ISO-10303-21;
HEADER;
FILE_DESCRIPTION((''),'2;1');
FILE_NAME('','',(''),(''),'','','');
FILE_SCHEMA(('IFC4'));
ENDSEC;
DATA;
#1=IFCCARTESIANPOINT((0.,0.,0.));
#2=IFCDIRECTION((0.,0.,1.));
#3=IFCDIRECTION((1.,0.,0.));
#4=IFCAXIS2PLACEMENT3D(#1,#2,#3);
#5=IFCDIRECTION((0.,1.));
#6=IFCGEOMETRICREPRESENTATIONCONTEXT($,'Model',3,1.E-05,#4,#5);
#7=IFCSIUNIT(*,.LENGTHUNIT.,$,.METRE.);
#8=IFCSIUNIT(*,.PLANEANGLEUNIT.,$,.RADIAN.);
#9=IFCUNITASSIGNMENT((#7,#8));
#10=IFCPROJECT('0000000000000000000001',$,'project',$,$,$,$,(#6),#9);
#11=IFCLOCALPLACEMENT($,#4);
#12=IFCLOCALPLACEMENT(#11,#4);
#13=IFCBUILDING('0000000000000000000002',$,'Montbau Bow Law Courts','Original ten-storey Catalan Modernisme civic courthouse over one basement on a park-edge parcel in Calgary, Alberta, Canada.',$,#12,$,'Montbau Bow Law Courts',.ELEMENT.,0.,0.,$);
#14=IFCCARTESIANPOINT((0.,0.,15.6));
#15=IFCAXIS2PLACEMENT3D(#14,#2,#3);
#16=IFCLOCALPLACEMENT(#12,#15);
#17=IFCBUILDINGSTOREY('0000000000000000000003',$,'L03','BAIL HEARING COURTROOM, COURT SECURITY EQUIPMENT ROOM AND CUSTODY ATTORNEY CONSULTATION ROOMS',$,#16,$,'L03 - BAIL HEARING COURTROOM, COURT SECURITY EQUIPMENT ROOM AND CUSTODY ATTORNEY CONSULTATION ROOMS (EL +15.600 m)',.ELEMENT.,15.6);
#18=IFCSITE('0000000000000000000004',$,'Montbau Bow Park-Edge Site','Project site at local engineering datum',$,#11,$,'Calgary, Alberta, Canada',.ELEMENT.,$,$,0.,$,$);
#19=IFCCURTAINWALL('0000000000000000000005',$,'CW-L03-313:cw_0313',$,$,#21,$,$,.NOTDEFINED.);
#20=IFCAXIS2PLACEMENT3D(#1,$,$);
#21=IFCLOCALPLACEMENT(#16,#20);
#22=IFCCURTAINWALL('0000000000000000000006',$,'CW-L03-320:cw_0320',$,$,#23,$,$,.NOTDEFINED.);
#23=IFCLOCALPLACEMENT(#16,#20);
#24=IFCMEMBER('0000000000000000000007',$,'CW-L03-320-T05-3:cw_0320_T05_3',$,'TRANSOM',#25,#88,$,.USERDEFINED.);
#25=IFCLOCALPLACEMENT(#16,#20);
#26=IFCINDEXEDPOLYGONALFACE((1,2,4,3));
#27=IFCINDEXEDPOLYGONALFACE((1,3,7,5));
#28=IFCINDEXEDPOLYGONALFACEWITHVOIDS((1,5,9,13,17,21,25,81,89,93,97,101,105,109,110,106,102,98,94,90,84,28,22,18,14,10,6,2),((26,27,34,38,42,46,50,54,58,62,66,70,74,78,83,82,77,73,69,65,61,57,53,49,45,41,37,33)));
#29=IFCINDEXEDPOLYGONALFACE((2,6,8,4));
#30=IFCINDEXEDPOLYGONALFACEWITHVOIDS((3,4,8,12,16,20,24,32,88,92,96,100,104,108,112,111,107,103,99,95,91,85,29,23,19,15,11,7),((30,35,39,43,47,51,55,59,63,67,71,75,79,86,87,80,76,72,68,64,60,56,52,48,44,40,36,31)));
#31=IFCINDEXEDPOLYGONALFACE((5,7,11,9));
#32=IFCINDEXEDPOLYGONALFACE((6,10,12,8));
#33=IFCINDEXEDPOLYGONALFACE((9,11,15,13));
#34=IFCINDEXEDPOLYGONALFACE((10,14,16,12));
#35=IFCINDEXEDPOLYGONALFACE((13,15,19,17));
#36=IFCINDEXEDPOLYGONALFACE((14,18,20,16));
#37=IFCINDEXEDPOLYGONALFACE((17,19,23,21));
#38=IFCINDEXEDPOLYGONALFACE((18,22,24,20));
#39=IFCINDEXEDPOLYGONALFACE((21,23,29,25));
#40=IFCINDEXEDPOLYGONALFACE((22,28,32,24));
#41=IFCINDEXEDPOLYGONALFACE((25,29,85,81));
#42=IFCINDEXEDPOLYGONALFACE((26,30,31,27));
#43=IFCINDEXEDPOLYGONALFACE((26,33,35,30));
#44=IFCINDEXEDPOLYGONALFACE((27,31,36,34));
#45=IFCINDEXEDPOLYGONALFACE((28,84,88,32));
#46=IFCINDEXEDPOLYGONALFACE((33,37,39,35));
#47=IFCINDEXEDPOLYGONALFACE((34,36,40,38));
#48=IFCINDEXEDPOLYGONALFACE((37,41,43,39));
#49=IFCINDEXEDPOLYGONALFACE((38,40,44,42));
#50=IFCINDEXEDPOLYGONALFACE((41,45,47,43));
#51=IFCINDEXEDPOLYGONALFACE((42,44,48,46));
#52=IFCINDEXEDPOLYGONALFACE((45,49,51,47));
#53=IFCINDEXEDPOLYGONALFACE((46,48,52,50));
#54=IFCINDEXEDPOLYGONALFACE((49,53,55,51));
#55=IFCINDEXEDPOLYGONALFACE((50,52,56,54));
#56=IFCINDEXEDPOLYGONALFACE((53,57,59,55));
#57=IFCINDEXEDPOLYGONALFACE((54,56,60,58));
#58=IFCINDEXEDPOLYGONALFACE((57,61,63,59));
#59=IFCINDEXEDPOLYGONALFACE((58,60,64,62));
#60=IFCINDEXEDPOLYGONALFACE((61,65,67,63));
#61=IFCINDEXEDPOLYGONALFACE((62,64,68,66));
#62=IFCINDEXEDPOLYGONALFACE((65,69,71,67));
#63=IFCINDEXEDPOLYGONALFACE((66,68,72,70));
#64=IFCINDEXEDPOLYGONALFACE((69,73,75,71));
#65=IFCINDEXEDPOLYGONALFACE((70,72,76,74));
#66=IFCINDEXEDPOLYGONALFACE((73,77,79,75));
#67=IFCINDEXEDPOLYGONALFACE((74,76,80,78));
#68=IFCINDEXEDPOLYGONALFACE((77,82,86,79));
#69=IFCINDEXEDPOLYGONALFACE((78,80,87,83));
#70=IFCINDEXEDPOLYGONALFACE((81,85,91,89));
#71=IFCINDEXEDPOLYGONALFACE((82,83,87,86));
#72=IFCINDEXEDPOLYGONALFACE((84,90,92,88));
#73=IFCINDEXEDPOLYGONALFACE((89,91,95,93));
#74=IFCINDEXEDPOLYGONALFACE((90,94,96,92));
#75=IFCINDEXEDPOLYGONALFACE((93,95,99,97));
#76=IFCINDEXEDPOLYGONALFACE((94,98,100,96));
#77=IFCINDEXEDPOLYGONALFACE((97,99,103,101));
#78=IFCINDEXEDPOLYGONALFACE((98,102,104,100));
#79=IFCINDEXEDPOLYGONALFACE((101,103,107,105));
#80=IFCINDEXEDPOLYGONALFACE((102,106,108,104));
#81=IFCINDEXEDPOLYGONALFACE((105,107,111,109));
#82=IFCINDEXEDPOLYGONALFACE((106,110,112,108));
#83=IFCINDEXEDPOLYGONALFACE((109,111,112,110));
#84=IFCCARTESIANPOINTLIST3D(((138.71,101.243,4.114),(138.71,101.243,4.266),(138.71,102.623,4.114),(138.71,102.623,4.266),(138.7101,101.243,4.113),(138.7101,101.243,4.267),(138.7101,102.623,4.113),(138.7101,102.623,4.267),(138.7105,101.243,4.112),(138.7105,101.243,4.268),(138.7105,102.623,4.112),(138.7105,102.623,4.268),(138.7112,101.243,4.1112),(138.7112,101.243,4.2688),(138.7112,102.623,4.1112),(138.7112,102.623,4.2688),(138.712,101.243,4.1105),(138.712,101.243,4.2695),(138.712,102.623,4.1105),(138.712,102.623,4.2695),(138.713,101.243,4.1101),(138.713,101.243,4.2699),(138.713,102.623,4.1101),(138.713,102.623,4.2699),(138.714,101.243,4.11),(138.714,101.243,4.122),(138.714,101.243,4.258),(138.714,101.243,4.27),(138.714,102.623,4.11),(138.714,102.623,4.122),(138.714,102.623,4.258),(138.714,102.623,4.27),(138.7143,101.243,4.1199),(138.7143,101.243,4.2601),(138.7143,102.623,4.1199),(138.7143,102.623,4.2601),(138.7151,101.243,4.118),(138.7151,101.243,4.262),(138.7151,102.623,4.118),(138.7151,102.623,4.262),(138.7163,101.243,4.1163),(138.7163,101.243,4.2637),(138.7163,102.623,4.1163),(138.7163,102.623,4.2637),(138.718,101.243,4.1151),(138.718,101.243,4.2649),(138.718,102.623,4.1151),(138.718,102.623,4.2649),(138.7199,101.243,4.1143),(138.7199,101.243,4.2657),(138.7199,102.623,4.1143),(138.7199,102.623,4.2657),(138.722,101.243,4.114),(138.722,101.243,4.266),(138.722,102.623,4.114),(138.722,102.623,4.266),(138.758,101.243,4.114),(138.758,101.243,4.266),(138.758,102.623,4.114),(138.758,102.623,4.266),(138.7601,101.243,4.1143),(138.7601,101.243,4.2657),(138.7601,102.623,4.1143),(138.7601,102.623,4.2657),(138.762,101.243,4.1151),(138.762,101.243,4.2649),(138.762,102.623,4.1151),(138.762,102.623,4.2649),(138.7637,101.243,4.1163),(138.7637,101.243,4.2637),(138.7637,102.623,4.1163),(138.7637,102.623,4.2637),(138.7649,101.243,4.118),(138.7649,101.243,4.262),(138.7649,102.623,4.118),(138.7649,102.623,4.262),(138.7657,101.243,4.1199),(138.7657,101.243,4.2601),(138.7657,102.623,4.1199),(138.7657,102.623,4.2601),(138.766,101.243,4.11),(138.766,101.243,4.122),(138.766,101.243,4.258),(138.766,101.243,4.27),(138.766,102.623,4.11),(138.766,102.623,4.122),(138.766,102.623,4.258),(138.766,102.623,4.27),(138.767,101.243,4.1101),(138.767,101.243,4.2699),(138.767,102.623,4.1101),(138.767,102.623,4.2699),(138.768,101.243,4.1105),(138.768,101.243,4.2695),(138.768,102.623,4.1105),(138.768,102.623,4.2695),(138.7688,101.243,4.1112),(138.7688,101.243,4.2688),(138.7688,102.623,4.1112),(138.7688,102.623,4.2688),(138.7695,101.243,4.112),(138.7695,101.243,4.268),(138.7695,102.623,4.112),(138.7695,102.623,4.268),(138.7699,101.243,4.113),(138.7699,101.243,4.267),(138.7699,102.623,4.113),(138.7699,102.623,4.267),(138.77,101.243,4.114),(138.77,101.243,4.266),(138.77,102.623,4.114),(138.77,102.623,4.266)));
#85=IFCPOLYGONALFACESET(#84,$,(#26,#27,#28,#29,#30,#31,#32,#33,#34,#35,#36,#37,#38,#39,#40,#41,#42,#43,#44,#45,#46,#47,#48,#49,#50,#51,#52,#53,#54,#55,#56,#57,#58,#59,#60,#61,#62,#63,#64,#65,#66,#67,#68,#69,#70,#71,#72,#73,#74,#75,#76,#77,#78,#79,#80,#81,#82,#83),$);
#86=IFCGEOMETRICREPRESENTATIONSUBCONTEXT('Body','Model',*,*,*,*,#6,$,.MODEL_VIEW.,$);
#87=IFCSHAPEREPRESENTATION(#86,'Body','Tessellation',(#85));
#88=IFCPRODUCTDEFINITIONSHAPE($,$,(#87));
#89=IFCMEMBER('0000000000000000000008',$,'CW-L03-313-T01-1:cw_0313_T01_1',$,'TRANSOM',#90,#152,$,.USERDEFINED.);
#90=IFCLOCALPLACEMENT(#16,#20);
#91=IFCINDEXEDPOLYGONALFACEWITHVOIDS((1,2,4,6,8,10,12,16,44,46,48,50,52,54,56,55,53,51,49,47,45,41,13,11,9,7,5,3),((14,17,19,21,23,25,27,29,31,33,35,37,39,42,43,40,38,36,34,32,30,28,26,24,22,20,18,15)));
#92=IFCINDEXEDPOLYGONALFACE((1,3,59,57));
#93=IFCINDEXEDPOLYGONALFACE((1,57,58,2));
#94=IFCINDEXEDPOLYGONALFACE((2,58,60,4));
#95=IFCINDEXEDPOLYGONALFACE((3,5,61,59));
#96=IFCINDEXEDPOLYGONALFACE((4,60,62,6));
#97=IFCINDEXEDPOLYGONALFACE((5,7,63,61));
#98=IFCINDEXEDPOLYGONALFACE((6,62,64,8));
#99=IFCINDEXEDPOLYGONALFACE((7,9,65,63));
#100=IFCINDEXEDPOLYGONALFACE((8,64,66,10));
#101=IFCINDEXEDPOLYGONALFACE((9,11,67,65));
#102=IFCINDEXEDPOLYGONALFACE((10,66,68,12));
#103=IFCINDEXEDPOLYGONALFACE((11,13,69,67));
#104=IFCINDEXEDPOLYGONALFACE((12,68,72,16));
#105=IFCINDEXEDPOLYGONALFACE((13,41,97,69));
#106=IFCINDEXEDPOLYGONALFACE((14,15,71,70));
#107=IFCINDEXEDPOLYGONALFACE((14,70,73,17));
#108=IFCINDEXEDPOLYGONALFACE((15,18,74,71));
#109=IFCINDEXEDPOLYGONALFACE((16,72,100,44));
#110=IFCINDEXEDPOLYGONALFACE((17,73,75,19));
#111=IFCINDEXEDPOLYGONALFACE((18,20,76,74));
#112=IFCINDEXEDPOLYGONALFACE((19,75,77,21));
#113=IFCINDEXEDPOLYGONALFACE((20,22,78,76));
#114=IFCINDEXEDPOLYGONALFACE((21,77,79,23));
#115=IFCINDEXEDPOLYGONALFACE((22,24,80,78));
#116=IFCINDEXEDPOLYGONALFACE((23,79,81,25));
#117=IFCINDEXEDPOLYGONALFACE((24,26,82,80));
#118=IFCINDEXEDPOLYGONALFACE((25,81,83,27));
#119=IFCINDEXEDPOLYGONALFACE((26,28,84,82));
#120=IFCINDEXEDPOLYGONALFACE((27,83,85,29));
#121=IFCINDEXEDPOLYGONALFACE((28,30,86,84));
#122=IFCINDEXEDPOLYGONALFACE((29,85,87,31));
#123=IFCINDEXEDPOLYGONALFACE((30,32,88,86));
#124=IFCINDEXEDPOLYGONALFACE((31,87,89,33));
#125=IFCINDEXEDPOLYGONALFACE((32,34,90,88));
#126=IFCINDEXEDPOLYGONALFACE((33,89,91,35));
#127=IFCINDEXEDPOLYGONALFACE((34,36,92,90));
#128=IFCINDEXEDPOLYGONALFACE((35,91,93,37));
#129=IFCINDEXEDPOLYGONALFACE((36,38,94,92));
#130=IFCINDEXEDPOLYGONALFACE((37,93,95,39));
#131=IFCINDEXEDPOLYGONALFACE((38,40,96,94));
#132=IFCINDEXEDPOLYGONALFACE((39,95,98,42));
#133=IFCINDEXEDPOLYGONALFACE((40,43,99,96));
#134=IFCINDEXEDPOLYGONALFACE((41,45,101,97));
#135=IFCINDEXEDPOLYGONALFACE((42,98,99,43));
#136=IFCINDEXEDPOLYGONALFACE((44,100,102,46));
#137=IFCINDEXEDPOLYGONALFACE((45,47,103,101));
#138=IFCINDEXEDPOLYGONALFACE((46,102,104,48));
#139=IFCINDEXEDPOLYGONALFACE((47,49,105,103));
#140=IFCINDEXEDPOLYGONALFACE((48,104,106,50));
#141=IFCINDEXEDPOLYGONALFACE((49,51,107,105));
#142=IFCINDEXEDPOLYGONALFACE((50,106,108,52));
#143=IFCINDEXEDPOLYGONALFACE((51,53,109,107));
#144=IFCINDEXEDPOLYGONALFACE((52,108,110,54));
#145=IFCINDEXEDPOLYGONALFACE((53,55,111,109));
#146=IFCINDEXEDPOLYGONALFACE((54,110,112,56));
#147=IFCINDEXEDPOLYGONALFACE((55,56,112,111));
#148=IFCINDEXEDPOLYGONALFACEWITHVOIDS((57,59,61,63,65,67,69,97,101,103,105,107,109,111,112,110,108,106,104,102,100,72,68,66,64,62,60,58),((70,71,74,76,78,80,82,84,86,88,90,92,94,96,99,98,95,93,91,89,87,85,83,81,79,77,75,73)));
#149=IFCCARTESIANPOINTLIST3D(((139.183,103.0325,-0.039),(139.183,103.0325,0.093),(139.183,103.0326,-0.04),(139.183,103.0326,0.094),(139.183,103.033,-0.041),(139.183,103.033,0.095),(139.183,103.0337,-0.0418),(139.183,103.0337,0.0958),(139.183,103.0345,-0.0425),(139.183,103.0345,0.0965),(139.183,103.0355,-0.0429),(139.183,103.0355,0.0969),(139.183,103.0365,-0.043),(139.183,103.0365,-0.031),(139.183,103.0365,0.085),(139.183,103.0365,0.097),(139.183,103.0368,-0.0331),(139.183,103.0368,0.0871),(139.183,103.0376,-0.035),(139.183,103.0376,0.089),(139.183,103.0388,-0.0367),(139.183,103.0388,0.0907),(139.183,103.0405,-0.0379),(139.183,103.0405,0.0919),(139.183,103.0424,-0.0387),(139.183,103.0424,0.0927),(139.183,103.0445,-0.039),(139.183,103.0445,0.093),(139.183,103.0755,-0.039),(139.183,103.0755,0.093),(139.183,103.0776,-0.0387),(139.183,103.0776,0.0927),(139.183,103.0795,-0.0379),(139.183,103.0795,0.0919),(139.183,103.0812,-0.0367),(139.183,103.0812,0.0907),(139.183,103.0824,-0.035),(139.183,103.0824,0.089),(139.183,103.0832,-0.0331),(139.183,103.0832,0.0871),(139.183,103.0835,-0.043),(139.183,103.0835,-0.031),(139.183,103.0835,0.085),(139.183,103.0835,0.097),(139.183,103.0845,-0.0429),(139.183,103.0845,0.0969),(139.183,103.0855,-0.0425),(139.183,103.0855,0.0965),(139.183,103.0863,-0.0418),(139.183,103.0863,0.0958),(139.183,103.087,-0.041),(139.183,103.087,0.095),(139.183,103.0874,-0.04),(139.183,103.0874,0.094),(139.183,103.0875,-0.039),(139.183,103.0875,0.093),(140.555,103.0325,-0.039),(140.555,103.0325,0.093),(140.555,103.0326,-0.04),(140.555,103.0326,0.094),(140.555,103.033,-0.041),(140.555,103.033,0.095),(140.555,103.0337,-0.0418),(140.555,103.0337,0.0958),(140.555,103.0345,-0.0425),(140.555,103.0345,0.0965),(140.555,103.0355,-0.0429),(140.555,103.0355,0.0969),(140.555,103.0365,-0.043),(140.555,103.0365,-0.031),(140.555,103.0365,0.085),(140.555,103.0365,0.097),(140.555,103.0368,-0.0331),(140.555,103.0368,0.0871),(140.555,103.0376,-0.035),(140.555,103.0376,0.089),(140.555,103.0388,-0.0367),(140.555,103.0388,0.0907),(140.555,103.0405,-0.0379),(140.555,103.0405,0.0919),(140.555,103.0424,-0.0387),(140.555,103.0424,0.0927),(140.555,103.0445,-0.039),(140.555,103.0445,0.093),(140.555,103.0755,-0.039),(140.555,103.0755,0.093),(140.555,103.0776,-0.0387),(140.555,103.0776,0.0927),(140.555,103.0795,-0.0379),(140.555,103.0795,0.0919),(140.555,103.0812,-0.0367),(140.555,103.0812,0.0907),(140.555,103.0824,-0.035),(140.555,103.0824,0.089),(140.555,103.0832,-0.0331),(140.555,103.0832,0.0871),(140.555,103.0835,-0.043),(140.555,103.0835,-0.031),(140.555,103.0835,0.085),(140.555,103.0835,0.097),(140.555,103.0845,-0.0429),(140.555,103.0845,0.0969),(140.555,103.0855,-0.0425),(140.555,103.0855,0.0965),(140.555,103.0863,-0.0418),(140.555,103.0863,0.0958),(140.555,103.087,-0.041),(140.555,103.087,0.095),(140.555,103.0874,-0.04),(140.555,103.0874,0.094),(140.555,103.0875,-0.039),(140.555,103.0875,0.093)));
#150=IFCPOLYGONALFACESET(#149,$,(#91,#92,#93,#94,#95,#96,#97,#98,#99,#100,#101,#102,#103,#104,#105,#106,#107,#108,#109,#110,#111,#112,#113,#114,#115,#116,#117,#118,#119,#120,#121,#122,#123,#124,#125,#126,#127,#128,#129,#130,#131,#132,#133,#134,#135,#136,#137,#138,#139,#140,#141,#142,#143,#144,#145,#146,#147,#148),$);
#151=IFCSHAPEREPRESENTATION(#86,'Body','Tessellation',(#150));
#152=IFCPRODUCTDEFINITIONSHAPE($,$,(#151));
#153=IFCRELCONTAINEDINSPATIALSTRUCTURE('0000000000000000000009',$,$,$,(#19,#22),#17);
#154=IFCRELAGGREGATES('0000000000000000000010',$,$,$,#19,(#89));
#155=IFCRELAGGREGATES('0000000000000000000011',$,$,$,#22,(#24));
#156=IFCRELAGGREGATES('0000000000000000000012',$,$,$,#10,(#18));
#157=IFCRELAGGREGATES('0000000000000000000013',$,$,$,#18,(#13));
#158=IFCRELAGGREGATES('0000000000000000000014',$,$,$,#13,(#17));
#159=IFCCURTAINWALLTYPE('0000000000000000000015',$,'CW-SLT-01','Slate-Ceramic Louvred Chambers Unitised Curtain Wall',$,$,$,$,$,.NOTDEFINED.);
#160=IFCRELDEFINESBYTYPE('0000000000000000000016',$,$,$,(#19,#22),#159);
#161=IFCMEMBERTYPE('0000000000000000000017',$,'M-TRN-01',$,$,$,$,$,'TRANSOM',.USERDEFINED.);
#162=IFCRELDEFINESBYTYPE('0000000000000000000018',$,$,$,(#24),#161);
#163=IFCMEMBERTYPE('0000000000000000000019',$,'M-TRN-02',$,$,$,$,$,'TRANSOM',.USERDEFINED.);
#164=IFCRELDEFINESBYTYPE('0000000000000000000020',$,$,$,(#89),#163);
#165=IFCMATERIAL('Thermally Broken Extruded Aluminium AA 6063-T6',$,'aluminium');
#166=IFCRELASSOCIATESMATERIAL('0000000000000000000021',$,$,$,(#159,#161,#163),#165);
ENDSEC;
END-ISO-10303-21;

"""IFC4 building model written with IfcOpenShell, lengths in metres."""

from ifc_helpers import new_model, si_unit, direction, frame, origin_with_axes, origin_2d_with_axis, place, context, subcontext, project, spatial, hollow_rectangle, extrude, material, material_profile, profile_set, type_object, element, aggregate, save


model = new_model("IFC4")

# Units and contexts
model_context = context("Model", 3, precision=1e-05, world=origin_with_axes(), true_north=direction((0.0, 1.0)))
body_context = subcontext(model_context, "Body", "Model", "MODEL_VIEW")
ifc_project = project(units=[si_unit("LENGTHUNIT", "METRE"), si_unit("PLANEANGLEUNIT", "RADIAN")], contexts=[model_context])

# Site, building, storey
site_placement = place(None, origin_with_axes())
site = spatial("IfcSite", under=ifc_project, at=site_placement, Name="Montbau Bow Park-Edge Site", Description="Project site at local engineering datum", LongName="Calgary, Alberta, Canada", CompositionType="ELEMENT", RefElevation=0.0)
building_placement = place(site_placement, origin_with_axes())
building = spatial("IfcBuilding", under=site, at=building_placement, Name="Montbau Bow Law Courts", Description="Original ten-storey Catalan Modernisme civic courthouse over one basement on a park-edge parcel in Calgary, Alberta, Canada.", LongName="Montbau Bow Law Courts", CompositionType="ELEMENT", ElevationOfRefHeight=0.0, ElevationOfTerrain=0.0)
storey_placement = place(building_placement, frame((0.0, 0.0, 15.6), z_axis=(0.0, 0.0, 1.0), x_axis=(1.0, 0.0, 0.0)))
storey = spatial("IfcBuildingStorey", under=building, at=storey_placement, Name="L03", Description="BAIL HEARING COURTROOM, COURT SECURITY EQUIPMENT ROOM AND CUSTODY ATTORNEY CONSULTATION ROOMS", LongName="L03 - BAIL HEARING COURTROOM, COURT SECURITY EQUIPMENT ROOM AND CUSTODY ATTORNEY CONSULTATION ROOMS (EL +15.600 m)", CompositionType="ELEMENT", Elevation=15.6)

# Curtain wall
ifc_material_1 = material(Name="Thermally Broken Extruded Aluminium AA 6063-T6", Category="aluminium")
curtain_wall_type = type_object("IfcCurtainWallType", Name="CW-SLT-01", Description="Slate-Ceramic Louvred Chambers Unitised Curtain Wall", PredefinedType="NOTDEFINED", material=ifc_material_1)
curtain_wall_1_placement = place(None, frame((139.115, 103.06, 15.6), z_axis=(0.0, 0.0, 1.0), x_axis=(1.0, 0.0, 0.0)))
curtain_wall_1 = element("IfcCurtainWall", 1, at=curtain_wall_1_placement, inside=storey, type_object=curtain_wall_type, Name="CW-L03-313:cw_0313", PredefinedType="NOTDEFINED")

# Curtain wall, member
curtain_wall_2_placement = place(None, frame((138.74, 95.315, 15.6), z_axis=(0.0, 0.0, 1.0), x_axis=(1.0, 0.0, 0.0)))
curtain_wall_2 = element("IfcCurtainWall", 2, at=curtain_wall_2_placement, inside=storey, type_object=curtain_wall_type, Name="CW-L03-320:cw_0320", PredefinedType="NOTDEFINED")
ifc_material_profile_1 = material_profile(ifc_material_1, hollow_rectangle(XDim=0.06, YDim=0.16, WallThickness=0.004, InnerFilletRadius=0.008, OuterFilletRadius=0.004, at=origin_2d_with_axis()), Name="CWT-160X60", Category="Main", Priority=0)
ifc_profile_set_1 = profile_set([ifc_material_profile_1], Name="Thermally Broken Extruded Aluminium AA 6063-T6")
member_type_1 = type_object("IfcMemberType", Name="M-TRN-01", ElementType="TRANSOM", PredefinedType="USERDEFINED", material=ifc_profile_set_1)
member_1_placement = place(None, frame((138.74, 101.243, 19.79), z_axis=(0.0, 1.0, 0.0), x_axis=(-1.0, 0.0, 0.0)))
member_1 = element("IfcMember", 3, at=member_1_placement, type_object=member_type_1, Name="CW-L03-320-T05-3:cw_0320_T05_3", ObjectType="TRANSOM", PredefinedType="USERDEFINED", context=body_context, shape_type="SweptSolid", body=[
    extrude(hollow_rectangle(XDim=0.06, YDim=0.16, WallThickness=0.004, InnerFilletRadius=0.008, OuterFilletRadius=0.004, at=origin_2d_with_axis()), origin_with_axes(), (0.0, 0.0, 1.0), 1.38),
])

# Member
ifc_material_profile_2 = material_profile(ifc_material_1, hollow_rectangle(XDim=0.055, YDim=0.14, WallThickness=0.004, InnerFilletRadius=0.008, OuterFilletRadius=0.004, at=origin_2d_with_axis()), Name="CWT-140X55", Category="Main", Priority=0)
ifc_profile_set_2 = profile_set([ifc_material_profile_2], Name="Thermally Broken Extruded Aluminium AA 6063-T6")
member_type_2 = type_object("IfcMemberType", Name="M-TRN-02", ElementType="TRANSOM", PredefinedType="USERDEFINED", material=ifc_profile_set_2)
member_2_placement = place(None, frame((139.183, 103.06, 15.627), z_axis=(1.0, 0.0, 0.0), x_axis=(0.0, 1.0, 0.0)))
member_2 = element("IfcMember", 4, at=member_2_placement, type_object=member_type_2, Name="CW-L03-313-T01-1:cw_0313_T01_1", ObjectType="TRANSOM", PredefinedType="USERDEFINED", context=body_context, shape_type="SweptSolid", body=[
    extrude(hollow_rectangle(XDim=0.055, YDim=0.14, WallThickness=0.004, InnerFilletRadius=0.008, OuterFilletRadius=0.004, at=origin_2d_with_axis()), origin_with_axes(), (0.0, 0.0, 1.0), 1.372),
])

aggregate(curtain_wall_1, [member_2])
aggregate(curtain_wall_2, [member_1])

save(model, "model.ifc")
